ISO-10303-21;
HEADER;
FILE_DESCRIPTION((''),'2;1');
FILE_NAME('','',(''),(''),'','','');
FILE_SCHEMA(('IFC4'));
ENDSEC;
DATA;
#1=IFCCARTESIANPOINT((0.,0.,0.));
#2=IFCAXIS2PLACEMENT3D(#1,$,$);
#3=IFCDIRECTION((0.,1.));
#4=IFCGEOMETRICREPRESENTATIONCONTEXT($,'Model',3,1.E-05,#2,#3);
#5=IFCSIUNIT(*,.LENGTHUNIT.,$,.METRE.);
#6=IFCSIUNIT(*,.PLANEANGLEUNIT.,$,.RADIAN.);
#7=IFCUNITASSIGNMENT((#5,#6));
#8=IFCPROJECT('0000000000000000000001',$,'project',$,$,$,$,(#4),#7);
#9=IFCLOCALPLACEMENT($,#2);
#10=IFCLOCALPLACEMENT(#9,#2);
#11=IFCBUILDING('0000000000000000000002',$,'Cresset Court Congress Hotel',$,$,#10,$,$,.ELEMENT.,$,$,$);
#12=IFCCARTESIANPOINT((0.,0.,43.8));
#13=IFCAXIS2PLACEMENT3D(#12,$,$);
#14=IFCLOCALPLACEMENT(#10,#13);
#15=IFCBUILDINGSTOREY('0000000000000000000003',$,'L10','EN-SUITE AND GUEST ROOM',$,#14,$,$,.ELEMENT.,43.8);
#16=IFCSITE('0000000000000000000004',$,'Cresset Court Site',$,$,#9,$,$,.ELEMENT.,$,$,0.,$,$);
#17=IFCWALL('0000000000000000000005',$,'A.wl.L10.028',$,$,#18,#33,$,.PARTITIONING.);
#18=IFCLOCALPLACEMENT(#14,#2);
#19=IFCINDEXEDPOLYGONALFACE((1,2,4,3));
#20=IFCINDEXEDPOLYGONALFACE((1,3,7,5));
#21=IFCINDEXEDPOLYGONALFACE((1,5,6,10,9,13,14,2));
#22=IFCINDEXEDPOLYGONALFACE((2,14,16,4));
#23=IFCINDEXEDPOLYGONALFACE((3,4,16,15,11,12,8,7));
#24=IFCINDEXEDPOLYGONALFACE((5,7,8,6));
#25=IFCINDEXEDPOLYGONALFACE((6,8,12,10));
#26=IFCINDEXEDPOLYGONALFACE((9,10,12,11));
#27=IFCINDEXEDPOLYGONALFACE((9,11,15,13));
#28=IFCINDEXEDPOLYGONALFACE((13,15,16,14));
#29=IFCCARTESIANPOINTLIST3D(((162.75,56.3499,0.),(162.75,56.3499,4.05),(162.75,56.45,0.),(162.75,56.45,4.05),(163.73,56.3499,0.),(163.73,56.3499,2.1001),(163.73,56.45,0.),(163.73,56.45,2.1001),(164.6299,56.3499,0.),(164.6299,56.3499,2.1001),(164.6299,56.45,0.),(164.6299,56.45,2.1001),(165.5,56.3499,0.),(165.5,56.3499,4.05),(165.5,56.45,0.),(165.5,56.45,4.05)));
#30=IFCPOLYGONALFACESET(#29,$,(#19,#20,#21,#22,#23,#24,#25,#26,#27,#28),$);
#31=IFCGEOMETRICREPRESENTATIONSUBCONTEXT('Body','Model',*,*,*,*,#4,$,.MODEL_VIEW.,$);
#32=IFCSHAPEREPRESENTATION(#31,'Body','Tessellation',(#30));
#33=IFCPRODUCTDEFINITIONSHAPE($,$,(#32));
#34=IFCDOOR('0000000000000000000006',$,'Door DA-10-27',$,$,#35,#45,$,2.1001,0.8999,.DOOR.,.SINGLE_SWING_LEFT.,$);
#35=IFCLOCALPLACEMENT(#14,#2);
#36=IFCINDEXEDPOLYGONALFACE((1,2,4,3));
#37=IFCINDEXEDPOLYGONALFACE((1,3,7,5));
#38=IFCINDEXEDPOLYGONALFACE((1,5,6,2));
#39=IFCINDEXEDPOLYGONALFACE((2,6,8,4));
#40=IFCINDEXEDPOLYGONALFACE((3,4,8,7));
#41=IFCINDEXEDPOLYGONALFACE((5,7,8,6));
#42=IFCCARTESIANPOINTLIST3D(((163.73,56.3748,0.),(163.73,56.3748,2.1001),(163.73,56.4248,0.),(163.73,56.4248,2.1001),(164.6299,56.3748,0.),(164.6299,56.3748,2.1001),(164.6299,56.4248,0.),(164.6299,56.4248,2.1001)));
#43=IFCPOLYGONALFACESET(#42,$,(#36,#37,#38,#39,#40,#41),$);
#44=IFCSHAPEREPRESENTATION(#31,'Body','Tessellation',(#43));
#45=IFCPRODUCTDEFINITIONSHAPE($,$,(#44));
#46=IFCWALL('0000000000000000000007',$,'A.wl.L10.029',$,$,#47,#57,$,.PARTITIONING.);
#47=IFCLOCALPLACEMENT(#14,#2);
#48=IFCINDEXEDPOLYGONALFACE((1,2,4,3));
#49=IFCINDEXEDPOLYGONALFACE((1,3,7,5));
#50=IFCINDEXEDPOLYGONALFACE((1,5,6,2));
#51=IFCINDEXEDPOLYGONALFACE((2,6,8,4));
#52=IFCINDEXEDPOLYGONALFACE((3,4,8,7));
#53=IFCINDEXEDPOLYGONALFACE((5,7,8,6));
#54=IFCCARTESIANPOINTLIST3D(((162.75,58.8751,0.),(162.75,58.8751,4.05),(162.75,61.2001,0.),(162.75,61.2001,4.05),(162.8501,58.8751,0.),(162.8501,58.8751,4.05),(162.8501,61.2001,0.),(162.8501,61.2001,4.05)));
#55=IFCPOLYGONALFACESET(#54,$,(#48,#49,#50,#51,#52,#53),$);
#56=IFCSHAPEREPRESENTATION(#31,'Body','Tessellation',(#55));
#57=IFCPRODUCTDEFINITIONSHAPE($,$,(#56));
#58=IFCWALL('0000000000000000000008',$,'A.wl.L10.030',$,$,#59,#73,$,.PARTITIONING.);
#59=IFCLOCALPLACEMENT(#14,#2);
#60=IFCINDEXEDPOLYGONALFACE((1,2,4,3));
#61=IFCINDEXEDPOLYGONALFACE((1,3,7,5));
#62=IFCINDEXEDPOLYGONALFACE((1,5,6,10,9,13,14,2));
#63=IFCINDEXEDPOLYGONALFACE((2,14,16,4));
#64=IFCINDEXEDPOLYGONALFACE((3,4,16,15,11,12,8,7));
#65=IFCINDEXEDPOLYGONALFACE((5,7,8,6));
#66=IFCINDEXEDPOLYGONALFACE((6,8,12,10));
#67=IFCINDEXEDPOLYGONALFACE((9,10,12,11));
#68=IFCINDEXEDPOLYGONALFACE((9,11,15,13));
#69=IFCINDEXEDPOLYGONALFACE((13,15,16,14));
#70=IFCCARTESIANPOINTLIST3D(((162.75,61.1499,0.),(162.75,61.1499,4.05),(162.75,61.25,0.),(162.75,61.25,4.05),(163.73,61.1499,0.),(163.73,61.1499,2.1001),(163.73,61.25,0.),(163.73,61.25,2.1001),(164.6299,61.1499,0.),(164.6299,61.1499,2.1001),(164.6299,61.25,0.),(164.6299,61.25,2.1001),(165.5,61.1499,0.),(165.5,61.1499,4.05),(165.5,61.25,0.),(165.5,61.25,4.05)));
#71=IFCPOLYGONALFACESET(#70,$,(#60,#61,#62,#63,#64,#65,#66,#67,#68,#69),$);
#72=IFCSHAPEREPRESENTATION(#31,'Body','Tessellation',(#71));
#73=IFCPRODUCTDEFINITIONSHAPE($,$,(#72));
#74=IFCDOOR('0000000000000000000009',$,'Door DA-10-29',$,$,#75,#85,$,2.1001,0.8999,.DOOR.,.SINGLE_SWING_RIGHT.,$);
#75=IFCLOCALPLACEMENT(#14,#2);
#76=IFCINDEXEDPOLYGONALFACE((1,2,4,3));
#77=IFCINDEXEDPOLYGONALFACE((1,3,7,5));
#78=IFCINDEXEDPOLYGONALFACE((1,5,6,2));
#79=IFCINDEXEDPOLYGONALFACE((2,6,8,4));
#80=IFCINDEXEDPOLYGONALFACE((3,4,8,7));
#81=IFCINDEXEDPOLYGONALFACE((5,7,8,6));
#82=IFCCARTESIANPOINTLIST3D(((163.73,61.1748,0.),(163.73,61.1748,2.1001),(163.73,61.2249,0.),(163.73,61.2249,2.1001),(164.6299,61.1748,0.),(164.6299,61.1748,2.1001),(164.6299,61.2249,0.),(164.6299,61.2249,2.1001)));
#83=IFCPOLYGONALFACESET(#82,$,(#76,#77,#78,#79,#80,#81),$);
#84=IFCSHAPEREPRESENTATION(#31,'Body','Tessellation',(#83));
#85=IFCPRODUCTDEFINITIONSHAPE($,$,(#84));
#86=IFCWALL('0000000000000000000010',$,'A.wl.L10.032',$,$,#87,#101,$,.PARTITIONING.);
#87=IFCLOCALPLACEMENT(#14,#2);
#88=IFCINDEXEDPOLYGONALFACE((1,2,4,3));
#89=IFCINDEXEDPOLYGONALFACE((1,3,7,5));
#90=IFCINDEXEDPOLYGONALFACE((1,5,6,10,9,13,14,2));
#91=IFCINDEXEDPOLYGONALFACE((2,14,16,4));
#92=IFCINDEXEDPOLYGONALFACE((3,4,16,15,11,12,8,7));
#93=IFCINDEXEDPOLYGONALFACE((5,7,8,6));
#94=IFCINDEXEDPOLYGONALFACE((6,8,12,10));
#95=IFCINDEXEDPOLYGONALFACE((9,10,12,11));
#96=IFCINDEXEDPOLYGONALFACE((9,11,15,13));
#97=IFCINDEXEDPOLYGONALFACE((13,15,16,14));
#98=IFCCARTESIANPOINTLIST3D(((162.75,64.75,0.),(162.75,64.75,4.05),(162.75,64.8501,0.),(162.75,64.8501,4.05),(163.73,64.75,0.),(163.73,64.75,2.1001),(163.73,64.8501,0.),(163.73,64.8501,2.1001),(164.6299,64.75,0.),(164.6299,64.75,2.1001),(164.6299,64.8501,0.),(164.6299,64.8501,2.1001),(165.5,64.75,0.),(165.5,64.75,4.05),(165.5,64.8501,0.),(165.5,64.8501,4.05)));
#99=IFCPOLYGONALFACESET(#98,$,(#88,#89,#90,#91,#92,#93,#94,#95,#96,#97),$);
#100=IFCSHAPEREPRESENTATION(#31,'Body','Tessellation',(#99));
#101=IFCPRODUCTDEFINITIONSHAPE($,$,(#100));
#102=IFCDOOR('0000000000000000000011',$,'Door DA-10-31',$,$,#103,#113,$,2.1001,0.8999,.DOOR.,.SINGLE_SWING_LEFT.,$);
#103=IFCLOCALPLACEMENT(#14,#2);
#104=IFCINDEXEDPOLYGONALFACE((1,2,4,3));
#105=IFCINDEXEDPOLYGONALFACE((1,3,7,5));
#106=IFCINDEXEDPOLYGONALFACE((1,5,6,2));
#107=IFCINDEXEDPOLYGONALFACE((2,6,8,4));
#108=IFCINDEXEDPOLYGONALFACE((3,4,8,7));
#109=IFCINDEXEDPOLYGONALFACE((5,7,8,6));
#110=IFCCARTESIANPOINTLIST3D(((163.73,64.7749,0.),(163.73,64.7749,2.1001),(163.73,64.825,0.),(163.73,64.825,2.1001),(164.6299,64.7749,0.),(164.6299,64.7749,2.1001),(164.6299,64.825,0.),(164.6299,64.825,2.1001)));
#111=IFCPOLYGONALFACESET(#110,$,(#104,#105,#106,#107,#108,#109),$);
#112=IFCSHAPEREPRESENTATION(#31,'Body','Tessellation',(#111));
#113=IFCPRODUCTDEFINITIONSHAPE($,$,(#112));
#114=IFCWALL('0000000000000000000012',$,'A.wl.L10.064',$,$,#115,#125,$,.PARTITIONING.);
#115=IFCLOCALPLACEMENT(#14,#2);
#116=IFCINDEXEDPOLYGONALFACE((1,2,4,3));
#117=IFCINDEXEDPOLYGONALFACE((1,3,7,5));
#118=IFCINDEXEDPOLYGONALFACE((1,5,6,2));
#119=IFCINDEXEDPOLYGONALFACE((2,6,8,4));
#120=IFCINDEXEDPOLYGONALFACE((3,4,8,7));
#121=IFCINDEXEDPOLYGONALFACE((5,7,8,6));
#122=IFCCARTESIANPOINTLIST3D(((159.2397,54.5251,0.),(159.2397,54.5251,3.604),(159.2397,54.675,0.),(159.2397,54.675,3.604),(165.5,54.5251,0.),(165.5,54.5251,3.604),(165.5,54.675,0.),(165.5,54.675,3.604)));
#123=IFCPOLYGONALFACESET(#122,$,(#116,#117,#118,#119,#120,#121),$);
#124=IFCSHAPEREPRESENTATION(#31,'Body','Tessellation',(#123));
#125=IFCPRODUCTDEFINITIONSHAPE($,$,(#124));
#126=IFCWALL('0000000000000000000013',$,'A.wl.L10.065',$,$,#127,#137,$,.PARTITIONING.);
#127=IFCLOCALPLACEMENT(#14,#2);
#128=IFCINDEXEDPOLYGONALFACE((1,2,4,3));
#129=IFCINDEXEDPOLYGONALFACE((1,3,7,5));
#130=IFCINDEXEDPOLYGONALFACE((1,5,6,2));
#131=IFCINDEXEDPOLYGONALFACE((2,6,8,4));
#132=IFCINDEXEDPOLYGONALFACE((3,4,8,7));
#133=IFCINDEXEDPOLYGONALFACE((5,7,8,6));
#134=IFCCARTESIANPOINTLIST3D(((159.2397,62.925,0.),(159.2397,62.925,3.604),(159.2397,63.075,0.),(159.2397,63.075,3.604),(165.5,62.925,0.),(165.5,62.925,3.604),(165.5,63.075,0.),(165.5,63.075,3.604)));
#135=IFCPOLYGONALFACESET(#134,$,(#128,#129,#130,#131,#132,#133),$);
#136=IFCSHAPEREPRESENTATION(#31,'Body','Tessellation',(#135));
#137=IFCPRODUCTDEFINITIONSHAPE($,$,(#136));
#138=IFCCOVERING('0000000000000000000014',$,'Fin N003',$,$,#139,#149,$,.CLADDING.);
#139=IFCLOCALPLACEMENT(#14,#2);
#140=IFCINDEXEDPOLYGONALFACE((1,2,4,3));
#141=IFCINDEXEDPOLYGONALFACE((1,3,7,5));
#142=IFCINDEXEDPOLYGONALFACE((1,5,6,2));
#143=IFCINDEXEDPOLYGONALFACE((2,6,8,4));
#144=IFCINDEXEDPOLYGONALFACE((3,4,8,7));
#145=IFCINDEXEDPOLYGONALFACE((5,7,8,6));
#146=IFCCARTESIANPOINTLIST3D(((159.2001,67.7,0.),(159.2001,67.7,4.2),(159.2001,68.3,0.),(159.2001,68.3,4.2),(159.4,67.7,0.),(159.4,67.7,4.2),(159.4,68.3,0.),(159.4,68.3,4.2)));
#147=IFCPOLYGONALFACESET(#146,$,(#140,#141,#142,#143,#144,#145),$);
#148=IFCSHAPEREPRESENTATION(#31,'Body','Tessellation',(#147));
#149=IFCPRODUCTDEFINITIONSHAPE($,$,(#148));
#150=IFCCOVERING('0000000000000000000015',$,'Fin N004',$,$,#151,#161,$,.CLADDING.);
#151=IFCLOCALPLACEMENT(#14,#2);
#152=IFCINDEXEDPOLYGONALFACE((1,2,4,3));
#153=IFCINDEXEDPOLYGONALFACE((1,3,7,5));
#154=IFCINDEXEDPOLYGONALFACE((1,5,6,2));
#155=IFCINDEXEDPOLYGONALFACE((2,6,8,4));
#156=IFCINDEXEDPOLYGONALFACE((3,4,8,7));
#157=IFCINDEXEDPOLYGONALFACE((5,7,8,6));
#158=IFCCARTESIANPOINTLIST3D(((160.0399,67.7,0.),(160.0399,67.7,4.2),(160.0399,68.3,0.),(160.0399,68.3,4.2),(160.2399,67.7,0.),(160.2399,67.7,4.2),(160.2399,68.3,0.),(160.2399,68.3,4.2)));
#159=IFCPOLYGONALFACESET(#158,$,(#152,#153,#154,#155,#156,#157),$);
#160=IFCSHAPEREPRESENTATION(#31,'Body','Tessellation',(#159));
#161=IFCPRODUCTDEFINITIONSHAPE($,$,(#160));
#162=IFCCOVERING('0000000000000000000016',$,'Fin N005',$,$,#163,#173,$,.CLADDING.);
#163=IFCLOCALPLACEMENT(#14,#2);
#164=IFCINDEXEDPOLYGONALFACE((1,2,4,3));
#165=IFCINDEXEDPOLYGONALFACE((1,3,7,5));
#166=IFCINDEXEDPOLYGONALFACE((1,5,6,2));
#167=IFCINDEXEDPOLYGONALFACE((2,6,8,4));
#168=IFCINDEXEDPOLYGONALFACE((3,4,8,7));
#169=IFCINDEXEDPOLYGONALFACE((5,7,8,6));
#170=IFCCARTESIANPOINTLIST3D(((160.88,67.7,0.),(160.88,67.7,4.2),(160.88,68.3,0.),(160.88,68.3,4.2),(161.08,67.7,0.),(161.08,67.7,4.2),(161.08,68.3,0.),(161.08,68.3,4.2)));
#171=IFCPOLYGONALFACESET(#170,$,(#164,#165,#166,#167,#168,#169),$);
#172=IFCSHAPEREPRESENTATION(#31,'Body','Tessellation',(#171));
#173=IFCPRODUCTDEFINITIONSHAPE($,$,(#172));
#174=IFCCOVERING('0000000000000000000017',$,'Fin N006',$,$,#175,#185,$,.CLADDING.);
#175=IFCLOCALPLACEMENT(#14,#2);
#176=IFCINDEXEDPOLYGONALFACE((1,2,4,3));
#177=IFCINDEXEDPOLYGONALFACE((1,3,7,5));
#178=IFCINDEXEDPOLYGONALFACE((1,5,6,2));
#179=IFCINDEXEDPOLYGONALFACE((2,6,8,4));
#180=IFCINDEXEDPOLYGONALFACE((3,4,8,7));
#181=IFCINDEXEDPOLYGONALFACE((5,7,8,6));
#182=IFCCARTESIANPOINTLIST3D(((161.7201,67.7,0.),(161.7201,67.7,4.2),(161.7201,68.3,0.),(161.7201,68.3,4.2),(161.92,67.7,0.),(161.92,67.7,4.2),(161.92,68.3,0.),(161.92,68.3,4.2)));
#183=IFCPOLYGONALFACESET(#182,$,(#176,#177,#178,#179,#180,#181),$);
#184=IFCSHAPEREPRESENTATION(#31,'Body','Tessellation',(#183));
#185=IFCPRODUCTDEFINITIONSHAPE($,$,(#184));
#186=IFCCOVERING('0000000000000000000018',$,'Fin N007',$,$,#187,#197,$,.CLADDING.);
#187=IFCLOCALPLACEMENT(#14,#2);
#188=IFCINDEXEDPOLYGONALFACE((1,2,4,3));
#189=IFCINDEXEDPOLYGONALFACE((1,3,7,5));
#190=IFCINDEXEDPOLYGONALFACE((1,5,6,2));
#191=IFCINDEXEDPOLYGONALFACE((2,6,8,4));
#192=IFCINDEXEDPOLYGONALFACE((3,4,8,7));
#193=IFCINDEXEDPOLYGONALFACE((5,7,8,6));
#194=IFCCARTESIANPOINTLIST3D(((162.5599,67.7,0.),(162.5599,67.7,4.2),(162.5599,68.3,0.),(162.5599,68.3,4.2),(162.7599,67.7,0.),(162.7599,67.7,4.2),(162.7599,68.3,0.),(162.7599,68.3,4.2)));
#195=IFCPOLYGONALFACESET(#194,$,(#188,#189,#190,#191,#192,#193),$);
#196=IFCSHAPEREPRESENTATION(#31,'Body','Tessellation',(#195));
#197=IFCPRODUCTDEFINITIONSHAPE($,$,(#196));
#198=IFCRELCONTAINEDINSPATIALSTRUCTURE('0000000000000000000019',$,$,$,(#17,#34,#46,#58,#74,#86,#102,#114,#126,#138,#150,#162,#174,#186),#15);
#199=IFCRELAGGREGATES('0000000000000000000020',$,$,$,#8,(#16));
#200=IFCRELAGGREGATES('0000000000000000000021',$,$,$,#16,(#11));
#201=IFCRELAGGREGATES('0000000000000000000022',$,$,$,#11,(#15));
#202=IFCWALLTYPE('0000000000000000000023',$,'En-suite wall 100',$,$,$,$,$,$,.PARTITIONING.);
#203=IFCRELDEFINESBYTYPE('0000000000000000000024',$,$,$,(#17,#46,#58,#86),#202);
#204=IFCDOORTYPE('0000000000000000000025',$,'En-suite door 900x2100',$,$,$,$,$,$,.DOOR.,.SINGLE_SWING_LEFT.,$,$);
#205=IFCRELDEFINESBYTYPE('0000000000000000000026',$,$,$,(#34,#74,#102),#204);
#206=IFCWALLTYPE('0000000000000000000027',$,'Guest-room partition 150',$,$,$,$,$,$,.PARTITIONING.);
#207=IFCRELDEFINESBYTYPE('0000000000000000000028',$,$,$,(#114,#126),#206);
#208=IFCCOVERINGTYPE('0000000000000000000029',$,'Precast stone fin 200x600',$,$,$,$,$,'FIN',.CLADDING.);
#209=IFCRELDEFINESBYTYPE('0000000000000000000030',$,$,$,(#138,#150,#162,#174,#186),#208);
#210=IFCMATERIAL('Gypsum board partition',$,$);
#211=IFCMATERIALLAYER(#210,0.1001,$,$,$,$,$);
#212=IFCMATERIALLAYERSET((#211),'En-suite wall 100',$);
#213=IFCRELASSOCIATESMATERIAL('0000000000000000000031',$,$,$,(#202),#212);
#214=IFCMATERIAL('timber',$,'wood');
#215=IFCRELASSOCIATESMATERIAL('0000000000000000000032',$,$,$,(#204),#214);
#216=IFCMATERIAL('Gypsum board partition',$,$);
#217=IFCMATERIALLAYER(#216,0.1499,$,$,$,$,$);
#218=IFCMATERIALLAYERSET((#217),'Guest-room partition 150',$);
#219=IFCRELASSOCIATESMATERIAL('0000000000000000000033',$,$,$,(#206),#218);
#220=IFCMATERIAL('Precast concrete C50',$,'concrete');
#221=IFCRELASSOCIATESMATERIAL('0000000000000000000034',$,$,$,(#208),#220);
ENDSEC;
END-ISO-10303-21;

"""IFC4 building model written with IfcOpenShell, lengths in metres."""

from ifc_helpers import new_model, si_unit, direction, frame, frame_2d, origin, origin_2d, place, context, subcontext, project, spatial, rectangle, extrude, material, layer, layer_set, type_object, element, fill, save


model = new_model("IFC4")

# Units and contexts
model_context = context("Model", 3, precision=1e-05, world=origin(), true_north=direction((0.0, 1.0)))
body_context = subcontext(model_context, "Body", "Model", "MODEL_VIEW")
ifc_project = project(units=[si_unit("LENGTHUNIT", "METRE"), si_unit("PLANEANGLEUNIT", "RADIAN")], contexts=[model_context])

# Site, building, storey
site_placement = place(None, origin())
site = spatial("IfcSite", under=ifc_project, at=site_placement, Name="Cresset Court Site", CompositionType="ELEMENT", RefElevation=0.0)
building_placement = place(site_placement, origin())
building = spatial("IfcBuilding", under=site, at=building_placement, Name="Cresset Court Congress Hotel", CompositionType="ELEMENT")
storey_placement = place(building_placement, frame((0.0, 0.0, 43.8)))
storey = spatial("IfcBuildingStorey", under=building, at=storey_placement, Name="L10", Description="EN-SUITE AND GUEST ROOM", CompositionType="ELEMENT", Elevation=43.8)

# Shared definitions
ifc_material_1 = material(Name="Gypsum board partition")
ifc_layer_1 = layer(ifc_material_1, 0.1001)
ifc_layer_set_1 = layer_set([ifc_layer_1], Name="En-suite wall 100")
wall_type_1 = type_object("IfcWallType", Name="En-suite wall 100", PredefinedType="PARTITIONING", material=ifc_layer_set_1)
ifc_material_2 = material(Name="timber", Category="wood")
door_type = type_object("IfcDoorType", Name="En-suite door 900x2100", OperationType="SINGLE_SWING_LEFT", PredefinedType="DOOR", material=ifc_material_2)

# Wall, opening, door
wall_1_placement = place(storey_placement, frame((162.75, 56.3999, 0.0), z_axis=(0.0, 0.0, 1.0), x_axis=(1.0, 0.0, 0.0)))
wall_1 = element("IfcWall", 1, at=wall_1_placement, inside=storey, type_object=wall_type_1, Name="A.wl.L10.028", PredefinedType="PARTITIONING", context=body_context, shape_type="SweptSolid", body=[
    extrude(rectangle(XDim=2.75, YDim=0.1001, at=frame_2d((1.375, 0.0))), origin(), (0.0, 0.0, 1.0), 4.05),
])
opening_1_placement = place(wall_1_placement, frame((0.98, 0.0, 0.0)))
opening_1 = element("IfcOpeningElement", 2, at=opening_1_placement, cuts=wall_1, PredefinedType="OPENING", context=body_context, shape_type="SweptSolid", body=[
    extrude(rectangle(XDim=0.8999, YDim=2.1001, at=frame_2d((0.45, 1.05))), frame((0.0, 0.0601, 0.0), z_axis=(0.0, -1.0, 0.0), x_axis=(1.0, 0.0, 0.0)), (0.0, 0.0, 1.0), 0.1201),
])
door_1_placement = place(opening_1_placement, origin())
door_1 = element("IfcDoor", 3, at=door_1_placement, inside=storey, type_object=door_type, Name="Door DA-10-27", OperationType="SINGLE_SWING_LEFT", OverallHeight=2.1001, OverallWidth=0.8999, PredefinedType="DOOR", context=body_context, shape_type="SweptSolid", body=[
    extrude(rectangle(XDim=0.8999, YDim=2.1001, at=frame_2d((0.45, 1.05))), frame((0.0, 0.0249, 0.0), z_axis=(0.0, -1.0, 0.0), x_axis=(1.0, 0.0, 0.0)), (0.0, 0.0, 1.0), 0.05),
])
fill(opening_1, door_1)

# Wall
wall_2_placement = place(storey_placement, frame((162.8, 58.875, 0.0), z_axis=(0.0, 0.0, 1.0), x_axis=(0.0, 1.0, 0.0)))
element("IfcWall", 4, at=wall_2_placement, inside=storey, type_object=wall_type_1, Name="A.wl.L10.029", PredefinedType="PARTITIONING", context=body_context, shape_type="SweptSolid", body=[
    extrude(rectangle(XDim=2.325, YDim=0.1001, at=frame_2d((1.1626, 0.0))), origin(), (0.0, 0.0, 1.0), 4.05),
])

# Wall, opening, door
wall_3_placement = place(storey_placement, frame((162.75, 61.2, 0.0), z_axis=(0.0, 0.0, 1.0), x_axis=(1.0, 0.0, 0.0)))
wall_3 = element("IfcWall", 5, at=wall_3_placement, inside=storey, type_object=wall_type_1, Name="A.wl.L10.030", PredefinedType="PARTITIONING", context=body_context, shape_type="SweptSolid", body=[
    extrude(rectangle(XDim=2.75, YDim=0.1001, at=frame_2d((1.375, 0.0))), origin(), (0.0, 0.0, 1.0), 4.05),
])
opening_2_placement = place(wall_3_placement, frame((0.98, 0.0, 0.0)))
opening_2 = element("IfcOpeningElement", 6, at=opening_2_placement, cuts=wall_3, PredefinedType="OPENING", context=body_context, shape_type="SweptSolid", body=[
    extrude(rectangle(XDim=0.8999, YDim=2.1001, at=frame_2d((0.45, 1.05))), frame((0.0, 0.0601, 0.0), z_axis=(0.0, -1.0, 0.0), x_axis=(1.0, 0.0, 0.0)), (0.0, 0.0, 1.0), 0.1201),
])
door_2_placement = place(opening_2_placement, origin())
door_2 = element("IfcDoor", 7, at=door_2_placement, inside=storey, type_object=door_type, Name="Door DA-10-29", OperationType="SINGLE_SWING_RIGHT", OverallHeight=2.1001, OverallWidth=0.8999, PredefinedType="DOOR", context=body_context, shape_type="SweptSolid", body=[
    extrude(rectangle(XDim=0.8999, YDim=2.1001, at=frame_2d((0.45, 1.05))), frame((0.0, 0.0249, 0.0), z_axis=(0.0, -1.0, 0.0), x_axis=(1.0, 0.0, 0.0)), (0.0, 0.0, 1.0), 0.05),
])
fill(opening_2, door_2)

# Wall, opening, door
wall_4_placement = place(storey_placement, frame((162.75, 64.8, 0.0), z_axis=(0.0, 0.0, 1.0), x_axis=(1.0, 0.0, 0.0)))
wall_4 = element("IfcWall", 8, at=wall_4_placement, inside=storey, type_object=wall_type_1, Name="A.wl.L10.032", PredefinedType="PARTITIONING", context=body_context, shape_type="SweptSolid", body=[
    extrude(rectangle(XDim=2.75, YDim=0.1001, at=frame_2d((1.375, 0.0))), origin(), (0.0, 0.0, 1.0), 4.05),
])
opening_3_placement = place(wall_4_placement, frame((0.98, 0.0, 0.0)))
opening_3 = element("IfcOpeningElement", 9, at=opening_3_placement, cuts=wall_4, PredefinedType="OPENING", context=body_context, shape_type="SweptSolid", body=[
    extrude(rectangle(XDim=0.8999, YDim=2.1001, at=frame_2d((0.45, 1.05))), frame((0.0, 0.0601, 0.0), z_axis=(0.0, -1.0, 0.0), x_axis=(1.0, 0.0, 0.0)), (0.0, 0.0, 1.0), 0.1201),
])
door_3_placement = place(opening_3_placement, origin())
door_3 = element("IfcDoor", 10, at=door_3_placement, inside=storey, type_object=door_type, Name="Door DA-10-31", OperationType="SINGLE_SWING_LEFT", OverallHeight=2.1001, OverallWidth=0.8999, PredefinedType="DOOR", context=body_context, shape_type="SweptSolid", body=[
    extrude(rectangle(XDim=0.8999, YDim=2.1001, at=frame_2d((0.45, 1.05))), frame((0.0, 0.0249, 0.0), z_axis=(0.0, -1.0, 0.0), x_axis=(1.0, 0.0, 0.0)), (0.0, 0.0, 1.0), 0.05),
])
fill(opening_3, door_3)

# Walls
ifc_material_3 = material(Name="Gypsum board partition")
ifc_layer_2 = layer(ifc_material_3, 0.1499)
ifc_layer_set_2 = layer_set([ifc_layer_2], Name="Guest-room partition 150")
wall_type_2 = type_object("IfcWallType", Name="Guest-room partition 150", PredefinedType="PARTITIONING", material=ifc_layer_set_2)
for number, where, z_axis, x_axis, name in (
    (11, (159.2397, 54.6001, 0.0), (0.0, 0.0, 1.0), (1.0, 0.0, 0.0), "A.wl.L10.064"),
    (12, (159.2397, 63.0, 0.0), (0.0, 0.0, 1.0), (1.0, 0.0, 0.0), "A.wl.L10.065"),
):
    element("IfcWall", number, at=place(storey_placement, frame(where, z_axis=z_axis, x_axis=x_axis)), inside=storey, type_object=wall_type_2, Name=name, PredefinedType="PARTITIONING", context=body_context, shape_type="SweptSolid", body=[
        extrude(rectangle(XDim=6.2603, YDim=0.1499, at=frame_2d((3.1301, 0.0))), origin(), (0.0, 0.0, 1.0), 3.604),
    ])

# Coverings
ifc_material_4 = material(Name="Precast concrete C50", Category="concrete")
covering_type = type_object("IfcCoveringType", Name="Precast stone fin 200x600", ElementType="FIN", PredefinedType="CLADDING", material=ifc_material_4)
for number, where, z_axis, x_axis, name in (
    (13, (159.3, 68.0, 0.0), (0.0, 0.0, 1.0), (1.0, 0.0, 0.0), "Fin N003"),
    (14, (160.1399, 68.0, 0.0), (0.0, 0.0, 1.0), (1.0, 0.0, 0.0), "Fin N004"),
    (15, (160.98, 68.0, 0.0), (0.0, 0.0, 1.0), (1.0, 0.0, 0.0), "Fin N005"),
    (16, (161.8201, 68.0, 0.0), (0.0, 0.0, 1.0), (1.0, 0.0, 0.0), "Fin N006"),
    (17, (162.6599, 68.0, 0.0), (0.0, 0.0, 1.0), (1.0, 0.0, 0.0), "Fin N007"),
):
    element("IfcCovering", number, at=place(storey_placement, frame(where, z_axis=z_axis, x_axis=x_axis)), inside=storey, type_object=covering_type, Name=name, PredefinedType="CLADDING", context=body_context, shape_type="SweptSolid", body=[
        extrude(rectangle(XDim=0.2, YDim=0.6001, at=origin_2d()), origin(), (0.0, 0.0, 1.0), 4.2),
    ])

save(model, "model.ifc")
